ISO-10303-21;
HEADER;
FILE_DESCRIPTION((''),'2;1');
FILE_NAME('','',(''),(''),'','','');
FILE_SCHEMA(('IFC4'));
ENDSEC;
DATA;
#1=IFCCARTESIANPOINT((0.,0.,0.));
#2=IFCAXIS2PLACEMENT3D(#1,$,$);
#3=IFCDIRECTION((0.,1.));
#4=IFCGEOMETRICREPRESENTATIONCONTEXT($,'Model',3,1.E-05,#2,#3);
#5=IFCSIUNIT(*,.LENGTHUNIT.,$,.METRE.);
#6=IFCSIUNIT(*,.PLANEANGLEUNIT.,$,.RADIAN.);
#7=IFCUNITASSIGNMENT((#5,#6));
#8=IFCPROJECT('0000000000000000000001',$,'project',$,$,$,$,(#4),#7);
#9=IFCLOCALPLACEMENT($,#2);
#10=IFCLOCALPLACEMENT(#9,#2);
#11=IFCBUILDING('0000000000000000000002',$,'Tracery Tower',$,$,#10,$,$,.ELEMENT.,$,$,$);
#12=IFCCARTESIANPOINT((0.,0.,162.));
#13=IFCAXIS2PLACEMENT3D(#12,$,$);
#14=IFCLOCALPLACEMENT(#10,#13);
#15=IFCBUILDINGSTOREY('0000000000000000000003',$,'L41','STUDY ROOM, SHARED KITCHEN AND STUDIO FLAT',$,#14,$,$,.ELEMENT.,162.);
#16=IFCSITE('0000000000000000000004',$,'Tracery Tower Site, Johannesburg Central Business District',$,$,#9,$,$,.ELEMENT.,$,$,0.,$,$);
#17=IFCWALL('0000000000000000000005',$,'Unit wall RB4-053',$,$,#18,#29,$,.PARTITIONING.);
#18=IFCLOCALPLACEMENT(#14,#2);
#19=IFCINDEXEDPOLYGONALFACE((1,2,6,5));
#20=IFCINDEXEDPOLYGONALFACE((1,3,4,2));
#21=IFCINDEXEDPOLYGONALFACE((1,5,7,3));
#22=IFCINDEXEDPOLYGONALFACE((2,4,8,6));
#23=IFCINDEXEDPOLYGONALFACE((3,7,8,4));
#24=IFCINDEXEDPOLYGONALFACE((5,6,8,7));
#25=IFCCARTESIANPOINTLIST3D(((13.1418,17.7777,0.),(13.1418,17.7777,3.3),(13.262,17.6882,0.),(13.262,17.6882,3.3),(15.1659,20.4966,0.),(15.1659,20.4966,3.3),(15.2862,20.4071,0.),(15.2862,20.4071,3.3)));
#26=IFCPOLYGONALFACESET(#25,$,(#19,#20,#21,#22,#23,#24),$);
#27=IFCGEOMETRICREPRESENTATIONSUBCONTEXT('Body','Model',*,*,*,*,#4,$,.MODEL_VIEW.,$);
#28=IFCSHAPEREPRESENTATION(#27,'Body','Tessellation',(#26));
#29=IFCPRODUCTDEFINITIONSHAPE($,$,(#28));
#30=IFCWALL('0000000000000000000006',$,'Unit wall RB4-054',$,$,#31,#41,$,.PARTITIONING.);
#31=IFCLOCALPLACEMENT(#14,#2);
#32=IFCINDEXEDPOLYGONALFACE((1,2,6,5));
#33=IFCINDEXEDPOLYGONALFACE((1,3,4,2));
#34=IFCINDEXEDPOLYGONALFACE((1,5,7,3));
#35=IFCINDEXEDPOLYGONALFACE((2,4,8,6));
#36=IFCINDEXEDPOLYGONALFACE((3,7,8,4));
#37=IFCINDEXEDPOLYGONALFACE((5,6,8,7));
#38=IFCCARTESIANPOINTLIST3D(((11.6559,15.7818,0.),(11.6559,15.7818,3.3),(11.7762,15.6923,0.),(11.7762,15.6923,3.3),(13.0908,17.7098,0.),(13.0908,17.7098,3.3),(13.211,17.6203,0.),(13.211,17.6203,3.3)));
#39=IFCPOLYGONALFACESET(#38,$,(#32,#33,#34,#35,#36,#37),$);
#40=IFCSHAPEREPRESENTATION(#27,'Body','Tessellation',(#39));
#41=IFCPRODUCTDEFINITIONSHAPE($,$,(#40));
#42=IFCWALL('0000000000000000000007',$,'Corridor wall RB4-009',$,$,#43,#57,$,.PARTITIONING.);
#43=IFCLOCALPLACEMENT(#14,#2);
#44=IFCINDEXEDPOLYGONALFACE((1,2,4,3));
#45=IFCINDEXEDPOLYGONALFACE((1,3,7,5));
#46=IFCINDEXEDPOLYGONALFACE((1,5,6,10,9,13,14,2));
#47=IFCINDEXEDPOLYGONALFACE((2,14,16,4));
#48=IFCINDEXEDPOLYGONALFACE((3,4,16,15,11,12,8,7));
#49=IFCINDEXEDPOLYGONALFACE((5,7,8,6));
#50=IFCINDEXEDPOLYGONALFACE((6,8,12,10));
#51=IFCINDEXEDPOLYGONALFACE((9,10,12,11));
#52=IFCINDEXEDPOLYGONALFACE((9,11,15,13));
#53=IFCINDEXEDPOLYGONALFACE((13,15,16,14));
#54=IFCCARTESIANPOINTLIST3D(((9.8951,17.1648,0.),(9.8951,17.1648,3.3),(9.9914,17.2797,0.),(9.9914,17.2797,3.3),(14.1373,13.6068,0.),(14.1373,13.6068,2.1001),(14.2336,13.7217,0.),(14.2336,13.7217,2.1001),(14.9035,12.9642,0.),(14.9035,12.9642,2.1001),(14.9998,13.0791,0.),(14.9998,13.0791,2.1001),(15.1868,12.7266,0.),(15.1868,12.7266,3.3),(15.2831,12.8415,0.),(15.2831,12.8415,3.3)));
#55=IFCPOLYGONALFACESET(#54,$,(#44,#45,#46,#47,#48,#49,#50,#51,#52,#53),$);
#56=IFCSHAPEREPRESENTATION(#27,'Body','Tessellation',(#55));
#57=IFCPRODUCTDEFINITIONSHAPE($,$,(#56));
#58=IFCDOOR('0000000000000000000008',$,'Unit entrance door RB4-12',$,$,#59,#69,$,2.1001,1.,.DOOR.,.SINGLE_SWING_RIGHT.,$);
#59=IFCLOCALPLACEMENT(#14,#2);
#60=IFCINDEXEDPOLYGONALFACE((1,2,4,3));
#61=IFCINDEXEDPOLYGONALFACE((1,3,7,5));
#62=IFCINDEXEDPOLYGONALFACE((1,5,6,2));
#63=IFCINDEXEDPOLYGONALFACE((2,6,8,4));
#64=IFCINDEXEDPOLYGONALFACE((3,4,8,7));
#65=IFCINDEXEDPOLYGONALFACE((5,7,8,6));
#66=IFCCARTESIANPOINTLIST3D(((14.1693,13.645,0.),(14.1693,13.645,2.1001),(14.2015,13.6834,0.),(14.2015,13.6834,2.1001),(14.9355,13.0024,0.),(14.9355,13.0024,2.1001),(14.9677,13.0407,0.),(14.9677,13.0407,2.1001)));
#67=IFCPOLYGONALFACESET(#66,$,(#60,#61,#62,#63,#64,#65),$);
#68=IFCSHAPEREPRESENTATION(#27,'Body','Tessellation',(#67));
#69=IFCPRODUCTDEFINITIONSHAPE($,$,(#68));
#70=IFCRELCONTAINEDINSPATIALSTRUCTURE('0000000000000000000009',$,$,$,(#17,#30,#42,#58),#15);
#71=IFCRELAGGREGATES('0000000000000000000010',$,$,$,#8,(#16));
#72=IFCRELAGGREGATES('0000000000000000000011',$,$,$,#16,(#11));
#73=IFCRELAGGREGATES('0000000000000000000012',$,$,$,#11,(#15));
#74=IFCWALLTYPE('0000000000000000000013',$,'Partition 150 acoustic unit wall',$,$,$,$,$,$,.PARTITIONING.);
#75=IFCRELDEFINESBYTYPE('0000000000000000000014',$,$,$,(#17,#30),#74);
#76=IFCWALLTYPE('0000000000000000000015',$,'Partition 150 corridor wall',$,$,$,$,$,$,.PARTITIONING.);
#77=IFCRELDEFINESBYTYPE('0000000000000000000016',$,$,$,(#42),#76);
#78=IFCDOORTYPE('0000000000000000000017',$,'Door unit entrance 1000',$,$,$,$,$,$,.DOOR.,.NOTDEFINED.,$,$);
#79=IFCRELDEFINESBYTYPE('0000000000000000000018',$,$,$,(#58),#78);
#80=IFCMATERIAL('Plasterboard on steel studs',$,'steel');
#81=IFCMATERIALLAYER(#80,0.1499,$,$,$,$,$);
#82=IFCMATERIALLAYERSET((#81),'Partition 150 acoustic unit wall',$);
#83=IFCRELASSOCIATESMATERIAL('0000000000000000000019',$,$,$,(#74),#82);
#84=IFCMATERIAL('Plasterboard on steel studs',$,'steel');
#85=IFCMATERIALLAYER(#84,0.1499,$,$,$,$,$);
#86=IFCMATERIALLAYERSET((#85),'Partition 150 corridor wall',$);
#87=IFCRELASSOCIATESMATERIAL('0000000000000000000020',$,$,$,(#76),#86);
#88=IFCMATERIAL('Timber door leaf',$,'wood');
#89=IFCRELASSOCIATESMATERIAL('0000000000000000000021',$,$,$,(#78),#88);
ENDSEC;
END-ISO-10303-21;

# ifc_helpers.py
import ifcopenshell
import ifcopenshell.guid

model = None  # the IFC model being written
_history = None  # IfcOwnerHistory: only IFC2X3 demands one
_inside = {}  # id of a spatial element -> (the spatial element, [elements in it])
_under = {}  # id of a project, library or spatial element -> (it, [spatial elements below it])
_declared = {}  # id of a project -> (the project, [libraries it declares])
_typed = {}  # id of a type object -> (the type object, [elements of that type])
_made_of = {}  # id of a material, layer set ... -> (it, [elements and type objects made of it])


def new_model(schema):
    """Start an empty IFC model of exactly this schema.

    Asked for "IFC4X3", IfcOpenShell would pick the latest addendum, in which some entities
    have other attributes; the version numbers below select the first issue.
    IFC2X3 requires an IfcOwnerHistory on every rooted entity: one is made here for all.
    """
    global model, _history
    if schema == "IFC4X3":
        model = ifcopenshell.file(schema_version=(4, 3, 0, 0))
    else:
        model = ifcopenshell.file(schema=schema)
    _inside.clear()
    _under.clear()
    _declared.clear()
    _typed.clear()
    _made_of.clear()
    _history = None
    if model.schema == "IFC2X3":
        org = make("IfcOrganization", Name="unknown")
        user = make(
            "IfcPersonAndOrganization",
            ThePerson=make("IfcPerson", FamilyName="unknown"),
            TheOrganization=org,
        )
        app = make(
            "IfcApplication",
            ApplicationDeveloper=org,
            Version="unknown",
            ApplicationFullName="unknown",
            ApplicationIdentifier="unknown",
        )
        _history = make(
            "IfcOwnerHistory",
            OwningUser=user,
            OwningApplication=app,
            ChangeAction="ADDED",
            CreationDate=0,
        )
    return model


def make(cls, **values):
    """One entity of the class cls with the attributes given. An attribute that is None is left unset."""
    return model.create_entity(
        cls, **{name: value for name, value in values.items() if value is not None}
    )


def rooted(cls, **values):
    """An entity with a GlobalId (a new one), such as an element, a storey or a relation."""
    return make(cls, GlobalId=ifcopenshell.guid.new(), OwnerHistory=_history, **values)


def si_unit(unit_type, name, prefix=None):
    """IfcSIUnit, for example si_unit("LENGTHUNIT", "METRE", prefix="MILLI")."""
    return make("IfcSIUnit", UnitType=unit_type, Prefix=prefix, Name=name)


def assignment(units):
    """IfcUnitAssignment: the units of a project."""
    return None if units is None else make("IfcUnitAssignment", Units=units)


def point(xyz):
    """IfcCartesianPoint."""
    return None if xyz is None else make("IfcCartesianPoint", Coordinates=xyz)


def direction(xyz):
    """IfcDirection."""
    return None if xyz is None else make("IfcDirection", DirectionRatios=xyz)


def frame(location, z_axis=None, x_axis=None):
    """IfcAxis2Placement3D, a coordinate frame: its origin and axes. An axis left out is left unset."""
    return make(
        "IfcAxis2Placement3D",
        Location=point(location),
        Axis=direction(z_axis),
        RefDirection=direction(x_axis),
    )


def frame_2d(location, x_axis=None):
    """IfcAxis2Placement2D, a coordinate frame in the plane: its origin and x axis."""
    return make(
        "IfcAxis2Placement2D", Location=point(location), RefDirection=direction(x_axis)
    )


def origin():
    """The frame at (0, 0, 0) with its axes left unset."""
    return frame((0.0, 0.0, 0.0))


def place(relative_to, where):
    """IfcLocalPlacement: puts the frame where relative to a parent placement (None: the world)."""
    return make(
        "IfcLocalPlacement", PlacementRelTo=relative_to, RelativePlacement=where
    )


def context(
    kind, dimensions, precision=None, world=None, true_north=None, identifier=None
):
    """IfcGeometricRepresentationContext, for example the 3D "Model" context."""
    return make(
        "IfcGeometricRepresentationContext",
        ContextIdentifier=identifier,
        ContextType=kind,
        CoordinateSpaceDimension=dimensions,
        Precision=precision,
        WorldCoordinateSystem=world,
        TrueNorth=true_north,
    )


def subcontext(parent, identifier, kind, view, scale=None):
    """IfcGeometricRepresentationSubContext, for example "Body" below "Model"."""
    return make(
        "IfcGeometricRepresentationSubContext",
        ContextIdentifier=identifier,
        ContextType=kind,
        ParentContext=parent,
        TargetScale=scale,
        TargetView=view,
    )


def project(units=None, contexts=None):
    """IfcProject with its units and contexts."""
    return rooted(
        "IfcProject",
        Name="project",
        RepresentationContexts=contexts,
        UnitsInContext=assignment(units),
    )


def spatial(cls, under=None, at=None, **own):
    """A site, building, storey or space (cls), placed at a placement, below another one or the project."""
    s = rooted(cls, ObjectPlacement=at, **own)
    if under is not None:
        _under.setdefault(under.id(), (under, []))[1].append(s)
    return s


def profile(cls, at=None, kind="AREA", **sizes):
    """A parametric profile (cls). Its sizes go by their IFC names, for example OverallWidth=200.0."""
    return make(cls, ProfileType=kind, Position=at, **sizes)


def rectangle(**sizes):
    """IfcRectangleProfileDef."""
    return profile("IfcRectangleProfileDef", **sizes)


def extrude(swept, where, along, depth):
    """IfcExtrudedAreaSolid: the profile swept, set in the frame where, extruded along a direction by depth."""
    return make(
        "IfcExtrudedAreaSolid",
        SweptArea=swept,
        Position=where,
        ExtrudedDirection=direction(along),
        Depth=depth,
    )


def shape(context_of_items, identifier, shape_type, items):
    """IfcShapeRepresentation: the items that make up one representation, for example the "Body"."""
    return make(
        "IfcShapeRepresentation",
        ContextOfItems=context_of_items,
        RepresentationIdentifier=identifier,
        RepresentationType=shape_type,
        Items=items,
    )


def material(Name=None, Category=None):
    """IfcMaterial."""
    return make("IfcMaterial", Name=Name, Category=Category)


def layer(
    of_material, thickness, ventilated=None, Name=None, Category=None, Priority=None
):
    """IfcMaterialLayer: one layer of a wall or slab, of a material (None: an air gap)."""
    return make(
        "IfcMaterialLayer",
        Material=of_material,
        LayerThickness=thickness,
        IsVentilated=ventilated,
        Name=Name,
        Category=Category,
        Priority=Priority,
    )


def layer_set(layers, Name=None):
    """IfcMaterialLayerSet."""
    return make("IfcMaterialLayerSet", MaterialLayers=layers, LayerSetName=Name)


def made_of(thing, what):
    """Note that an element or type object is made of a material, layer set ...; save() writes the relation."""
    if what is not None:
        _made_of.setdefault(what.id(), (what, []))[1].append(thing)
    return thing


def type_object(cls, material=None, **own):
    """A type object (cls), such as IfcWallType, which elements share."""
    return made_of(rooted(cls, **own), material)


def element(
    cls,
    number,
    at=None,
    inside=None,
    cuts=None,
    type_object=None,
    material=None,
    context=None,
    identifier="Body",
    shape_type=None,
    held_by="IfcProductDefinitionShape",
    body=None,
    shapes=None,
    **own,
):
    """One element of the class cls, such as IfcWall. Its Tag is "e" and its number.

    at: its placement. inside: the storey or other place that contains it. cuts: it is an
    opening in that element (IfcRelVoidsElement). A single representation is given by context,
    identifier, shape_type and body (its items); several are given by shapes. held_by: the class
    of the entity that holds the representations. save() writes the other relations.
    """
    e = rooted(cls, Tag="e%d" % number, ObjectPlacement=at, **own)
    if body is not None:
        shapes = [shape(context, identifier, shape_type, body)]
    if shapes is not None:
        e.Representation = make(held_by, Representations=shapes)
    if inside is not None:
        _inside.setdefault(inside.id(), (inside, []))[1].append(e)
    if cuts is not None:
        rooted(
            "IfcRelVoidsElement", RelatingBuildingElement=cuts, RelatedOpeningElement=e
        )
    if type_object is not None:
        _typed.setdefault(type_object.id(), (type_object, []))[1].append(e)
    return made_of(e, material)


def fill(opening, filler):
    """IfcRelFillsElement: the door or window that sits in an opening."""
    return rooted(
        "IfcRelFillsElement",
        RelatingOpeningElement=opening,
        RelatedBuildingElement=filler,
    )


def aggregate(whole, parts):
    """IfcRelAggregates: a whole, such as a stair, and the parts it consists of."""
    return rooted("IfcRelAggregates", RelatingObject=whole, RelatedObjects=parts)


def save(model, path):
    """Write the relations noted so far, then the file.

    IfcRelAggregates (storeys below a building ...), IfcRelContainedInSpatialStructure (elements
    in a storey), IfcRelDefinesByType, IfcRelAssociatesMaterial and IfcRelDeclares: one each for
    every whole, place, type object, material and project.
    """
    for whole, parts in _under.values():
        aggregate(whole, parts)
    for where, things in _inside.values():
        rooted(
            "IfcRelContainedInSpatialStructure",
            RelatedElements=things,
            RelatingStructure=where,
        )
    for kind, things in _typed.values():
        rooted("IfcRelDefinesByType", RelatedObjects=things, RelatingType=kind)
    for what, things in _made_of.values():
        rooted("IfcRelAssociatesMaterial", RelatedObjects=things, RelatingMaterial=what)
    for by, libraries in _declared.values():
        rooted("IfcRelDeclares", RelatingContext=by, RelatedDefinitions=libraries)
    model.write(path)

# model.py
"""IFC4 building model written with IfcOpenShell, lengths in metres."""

from ifc_helpers import new_model, si_unit, direction, frame, frame_2d, origin, place, context, subcontext, project, spatial, rectangle, extrude, material, layer, layer_set, type_object, element, fill, save


model = new_model("IFC4")

# Units and contexts
model_context = context("Model", 3, precision=1e-05, world=origin(), true_north=direction((0.0, 1.0)))
body_context = subcontext(model_context, "Body", "Model", "MODEL_VIEW")
ifc_project = project(units=[si_unit("LENGTHUNIT", "METRE"), si_unit("PLANEANGLEUNIT", "RADIAN")], contexts=[model_context])

# Site, building, storey
site_placement = place(None, origin())
site = spatial("IfcSite", under=ifc_project, at=site_placement, Name="Tracery Tower Site, Johannesburg Central Business District", CompositionType="ELEMENT", RefElevation=0.0)
building_placement = place(site_placement, origin())
building = spatial("IfcBuilding", under=site, at=building_placement, Name="Tracery Tower", CompositionType="ELEMENT")
storey_placement = place(building_placement, frame((0.0, 0.0, 162.0)))
storey = spatial("IfcBuildingStorey", under=building, at=storey_placement, Name="L41", Description="STUDY ROOM, SHARED KITCHEN AND STUDIO FLAT", CompositionType="ELEMENT", Elevation=162.0)

# Walls
ifc_material_1 = material(Name="Plasterboard on steel studs", Category="steel")
ifc_layer_1 = layer(ifc_material_1, 0.1499)
ifc_layer_set_1 = layer_set([ifc_layer_1], Name="Partition 150 acoustic unit wall")
wall_type_1 = type_object("IfcWallType", Name="Partition 150 acoustic unit wall", PredefinedType="PARTITIONING", material=ifc_layer_set_1)
wall_1_placement = place(storey_placement, frame((13.2019, 17.7329, 0.0), z_axis=(0.0, 0.0, 1.0), x_axis=(0.59715, 0.80213, 0.0)))
element("IfcWall", 1, at=wall_1_placement, inside=storey, type_object=wall_type_1, Name="Unit wall RB4-053", PredefinedType="PARTITIONING", context=body_context, shape_type="SweptSolid", body=[
    extrude(rectangle(XDim=3.3896, YDim=0.1499, at=frame_2d((1.6948, 0.0))), origin(), (0.0, 0.0, 1.0), 3.3),
])
wall_2_placement = place(storey_placement, frame((11.7161, 15.7371, 0.0), z_axis=(0.0, 0.0, 1.0), x_axis=(0.597021, 0.802225, 0.0)))
element("IfcWall", 2, at=wall_2_placement, inside=storey, type_object=wall_type_1, Name="Unit wall RB4-054", PredefinedType="PARTITIONING", context=body_context, shape_type="SweptSolid", body=[
    extrude(rectangle(XDim=2.4033, YDim=0.1499, at=frame_2d((1.2017, 0.0))), origin(), (0.0, 0.0, 1.0), 3.3),
])

# Wall, opening, door
ifc_material_2 = material(Name="Plasterboard on steel studs", Category="steel")
ifc_layer_2 = layer(ifc_material_2, 0.1499)
ifc_layer_set_2 = layer_set([ifc_layer_2], Name="Partition 150 corridor wall")
wall_type_2 = type_object("IfcWallType", Name="Partition 150 corridor wall", PredefinedType="PARTITIONING", material=ifc_layer_set_2)
wall_3_placement = place(storey_placement, frame((9.9434, 17.2222, 0.0), z_axis=(0.0, 0.0, 1.0), x_axis=(0.766192, -0.642612, 0.0)))
wall_3 = element("IfcWall", 3, at=wall_3_placement, inside=storey, type_object=wall_type_2, Name="Corridor wall RB4-009", PredefinedType="PARTITIONING", context=body_context, shape_type="SweptSolid", body=[
    extrude(rectangle(XDim=6.9065, YDim=0.1499, at=frame_2d((3.4531, 0.0))), origin(), (0.0, 0.0, 1.0), 3.3),
])
opening_1_placement = place(wall_3_placement, frame((5.5366, 0.0, 0.0)))
opening_1 = element("IfcOpeningElement", 4, at=opening_1_placement, cuts=wall_3, PredefinedType="OPENING", context=body_context, shape_type="SweptSolid", body=[
    extrude(rectangle(XDim=1.0, YDim=2.1001, at=frame_2d((0.5, 1.05))), frame((0.0, 0.075, 0.0), z_axis=(0.0, -1.0, 0.0), x_axis=(1.0, 0.0, 0.0)), (0.0, 0.0, 1.0), 0.1499),
])
ifc_material_3 = material(Name="Timber door leaf", Category="wood")
door_type_1 = type_object("IfcDoorType", Name="Door unit entrance 1000", OperationType="NOTDEFINED", PredefinedType="DOOR", material=ifc_material_3)
door_1_placement = place(opening_1_placement, origin())
door_1 = element("IfcDoor", 5, at=door_1_placement, inside=storey, type_object=door_type_1, Name="Unit entrance door RB4-12", OperationType="SINGLE_SWING_RIGHT", OverallHeight=2.1001, OverallWidth=1.0, PredefinedType="DOOR", context=body_context, shape_type="SweptSolid", body=[
    extrude(rectangle(XDim=1.0, YDim=2.1001, at=frame_2d((0.5, 1.05))), frame((0.0, 0.0249, 0.0), z_axis=(0.0, -1.0, 0.0), x_axis=(1.0, 0.0, 0.0)), (0.0, 0.0, 1.0), 0.05),
])
fill(opening_1, door_1)

save(model, "model.ifc")
